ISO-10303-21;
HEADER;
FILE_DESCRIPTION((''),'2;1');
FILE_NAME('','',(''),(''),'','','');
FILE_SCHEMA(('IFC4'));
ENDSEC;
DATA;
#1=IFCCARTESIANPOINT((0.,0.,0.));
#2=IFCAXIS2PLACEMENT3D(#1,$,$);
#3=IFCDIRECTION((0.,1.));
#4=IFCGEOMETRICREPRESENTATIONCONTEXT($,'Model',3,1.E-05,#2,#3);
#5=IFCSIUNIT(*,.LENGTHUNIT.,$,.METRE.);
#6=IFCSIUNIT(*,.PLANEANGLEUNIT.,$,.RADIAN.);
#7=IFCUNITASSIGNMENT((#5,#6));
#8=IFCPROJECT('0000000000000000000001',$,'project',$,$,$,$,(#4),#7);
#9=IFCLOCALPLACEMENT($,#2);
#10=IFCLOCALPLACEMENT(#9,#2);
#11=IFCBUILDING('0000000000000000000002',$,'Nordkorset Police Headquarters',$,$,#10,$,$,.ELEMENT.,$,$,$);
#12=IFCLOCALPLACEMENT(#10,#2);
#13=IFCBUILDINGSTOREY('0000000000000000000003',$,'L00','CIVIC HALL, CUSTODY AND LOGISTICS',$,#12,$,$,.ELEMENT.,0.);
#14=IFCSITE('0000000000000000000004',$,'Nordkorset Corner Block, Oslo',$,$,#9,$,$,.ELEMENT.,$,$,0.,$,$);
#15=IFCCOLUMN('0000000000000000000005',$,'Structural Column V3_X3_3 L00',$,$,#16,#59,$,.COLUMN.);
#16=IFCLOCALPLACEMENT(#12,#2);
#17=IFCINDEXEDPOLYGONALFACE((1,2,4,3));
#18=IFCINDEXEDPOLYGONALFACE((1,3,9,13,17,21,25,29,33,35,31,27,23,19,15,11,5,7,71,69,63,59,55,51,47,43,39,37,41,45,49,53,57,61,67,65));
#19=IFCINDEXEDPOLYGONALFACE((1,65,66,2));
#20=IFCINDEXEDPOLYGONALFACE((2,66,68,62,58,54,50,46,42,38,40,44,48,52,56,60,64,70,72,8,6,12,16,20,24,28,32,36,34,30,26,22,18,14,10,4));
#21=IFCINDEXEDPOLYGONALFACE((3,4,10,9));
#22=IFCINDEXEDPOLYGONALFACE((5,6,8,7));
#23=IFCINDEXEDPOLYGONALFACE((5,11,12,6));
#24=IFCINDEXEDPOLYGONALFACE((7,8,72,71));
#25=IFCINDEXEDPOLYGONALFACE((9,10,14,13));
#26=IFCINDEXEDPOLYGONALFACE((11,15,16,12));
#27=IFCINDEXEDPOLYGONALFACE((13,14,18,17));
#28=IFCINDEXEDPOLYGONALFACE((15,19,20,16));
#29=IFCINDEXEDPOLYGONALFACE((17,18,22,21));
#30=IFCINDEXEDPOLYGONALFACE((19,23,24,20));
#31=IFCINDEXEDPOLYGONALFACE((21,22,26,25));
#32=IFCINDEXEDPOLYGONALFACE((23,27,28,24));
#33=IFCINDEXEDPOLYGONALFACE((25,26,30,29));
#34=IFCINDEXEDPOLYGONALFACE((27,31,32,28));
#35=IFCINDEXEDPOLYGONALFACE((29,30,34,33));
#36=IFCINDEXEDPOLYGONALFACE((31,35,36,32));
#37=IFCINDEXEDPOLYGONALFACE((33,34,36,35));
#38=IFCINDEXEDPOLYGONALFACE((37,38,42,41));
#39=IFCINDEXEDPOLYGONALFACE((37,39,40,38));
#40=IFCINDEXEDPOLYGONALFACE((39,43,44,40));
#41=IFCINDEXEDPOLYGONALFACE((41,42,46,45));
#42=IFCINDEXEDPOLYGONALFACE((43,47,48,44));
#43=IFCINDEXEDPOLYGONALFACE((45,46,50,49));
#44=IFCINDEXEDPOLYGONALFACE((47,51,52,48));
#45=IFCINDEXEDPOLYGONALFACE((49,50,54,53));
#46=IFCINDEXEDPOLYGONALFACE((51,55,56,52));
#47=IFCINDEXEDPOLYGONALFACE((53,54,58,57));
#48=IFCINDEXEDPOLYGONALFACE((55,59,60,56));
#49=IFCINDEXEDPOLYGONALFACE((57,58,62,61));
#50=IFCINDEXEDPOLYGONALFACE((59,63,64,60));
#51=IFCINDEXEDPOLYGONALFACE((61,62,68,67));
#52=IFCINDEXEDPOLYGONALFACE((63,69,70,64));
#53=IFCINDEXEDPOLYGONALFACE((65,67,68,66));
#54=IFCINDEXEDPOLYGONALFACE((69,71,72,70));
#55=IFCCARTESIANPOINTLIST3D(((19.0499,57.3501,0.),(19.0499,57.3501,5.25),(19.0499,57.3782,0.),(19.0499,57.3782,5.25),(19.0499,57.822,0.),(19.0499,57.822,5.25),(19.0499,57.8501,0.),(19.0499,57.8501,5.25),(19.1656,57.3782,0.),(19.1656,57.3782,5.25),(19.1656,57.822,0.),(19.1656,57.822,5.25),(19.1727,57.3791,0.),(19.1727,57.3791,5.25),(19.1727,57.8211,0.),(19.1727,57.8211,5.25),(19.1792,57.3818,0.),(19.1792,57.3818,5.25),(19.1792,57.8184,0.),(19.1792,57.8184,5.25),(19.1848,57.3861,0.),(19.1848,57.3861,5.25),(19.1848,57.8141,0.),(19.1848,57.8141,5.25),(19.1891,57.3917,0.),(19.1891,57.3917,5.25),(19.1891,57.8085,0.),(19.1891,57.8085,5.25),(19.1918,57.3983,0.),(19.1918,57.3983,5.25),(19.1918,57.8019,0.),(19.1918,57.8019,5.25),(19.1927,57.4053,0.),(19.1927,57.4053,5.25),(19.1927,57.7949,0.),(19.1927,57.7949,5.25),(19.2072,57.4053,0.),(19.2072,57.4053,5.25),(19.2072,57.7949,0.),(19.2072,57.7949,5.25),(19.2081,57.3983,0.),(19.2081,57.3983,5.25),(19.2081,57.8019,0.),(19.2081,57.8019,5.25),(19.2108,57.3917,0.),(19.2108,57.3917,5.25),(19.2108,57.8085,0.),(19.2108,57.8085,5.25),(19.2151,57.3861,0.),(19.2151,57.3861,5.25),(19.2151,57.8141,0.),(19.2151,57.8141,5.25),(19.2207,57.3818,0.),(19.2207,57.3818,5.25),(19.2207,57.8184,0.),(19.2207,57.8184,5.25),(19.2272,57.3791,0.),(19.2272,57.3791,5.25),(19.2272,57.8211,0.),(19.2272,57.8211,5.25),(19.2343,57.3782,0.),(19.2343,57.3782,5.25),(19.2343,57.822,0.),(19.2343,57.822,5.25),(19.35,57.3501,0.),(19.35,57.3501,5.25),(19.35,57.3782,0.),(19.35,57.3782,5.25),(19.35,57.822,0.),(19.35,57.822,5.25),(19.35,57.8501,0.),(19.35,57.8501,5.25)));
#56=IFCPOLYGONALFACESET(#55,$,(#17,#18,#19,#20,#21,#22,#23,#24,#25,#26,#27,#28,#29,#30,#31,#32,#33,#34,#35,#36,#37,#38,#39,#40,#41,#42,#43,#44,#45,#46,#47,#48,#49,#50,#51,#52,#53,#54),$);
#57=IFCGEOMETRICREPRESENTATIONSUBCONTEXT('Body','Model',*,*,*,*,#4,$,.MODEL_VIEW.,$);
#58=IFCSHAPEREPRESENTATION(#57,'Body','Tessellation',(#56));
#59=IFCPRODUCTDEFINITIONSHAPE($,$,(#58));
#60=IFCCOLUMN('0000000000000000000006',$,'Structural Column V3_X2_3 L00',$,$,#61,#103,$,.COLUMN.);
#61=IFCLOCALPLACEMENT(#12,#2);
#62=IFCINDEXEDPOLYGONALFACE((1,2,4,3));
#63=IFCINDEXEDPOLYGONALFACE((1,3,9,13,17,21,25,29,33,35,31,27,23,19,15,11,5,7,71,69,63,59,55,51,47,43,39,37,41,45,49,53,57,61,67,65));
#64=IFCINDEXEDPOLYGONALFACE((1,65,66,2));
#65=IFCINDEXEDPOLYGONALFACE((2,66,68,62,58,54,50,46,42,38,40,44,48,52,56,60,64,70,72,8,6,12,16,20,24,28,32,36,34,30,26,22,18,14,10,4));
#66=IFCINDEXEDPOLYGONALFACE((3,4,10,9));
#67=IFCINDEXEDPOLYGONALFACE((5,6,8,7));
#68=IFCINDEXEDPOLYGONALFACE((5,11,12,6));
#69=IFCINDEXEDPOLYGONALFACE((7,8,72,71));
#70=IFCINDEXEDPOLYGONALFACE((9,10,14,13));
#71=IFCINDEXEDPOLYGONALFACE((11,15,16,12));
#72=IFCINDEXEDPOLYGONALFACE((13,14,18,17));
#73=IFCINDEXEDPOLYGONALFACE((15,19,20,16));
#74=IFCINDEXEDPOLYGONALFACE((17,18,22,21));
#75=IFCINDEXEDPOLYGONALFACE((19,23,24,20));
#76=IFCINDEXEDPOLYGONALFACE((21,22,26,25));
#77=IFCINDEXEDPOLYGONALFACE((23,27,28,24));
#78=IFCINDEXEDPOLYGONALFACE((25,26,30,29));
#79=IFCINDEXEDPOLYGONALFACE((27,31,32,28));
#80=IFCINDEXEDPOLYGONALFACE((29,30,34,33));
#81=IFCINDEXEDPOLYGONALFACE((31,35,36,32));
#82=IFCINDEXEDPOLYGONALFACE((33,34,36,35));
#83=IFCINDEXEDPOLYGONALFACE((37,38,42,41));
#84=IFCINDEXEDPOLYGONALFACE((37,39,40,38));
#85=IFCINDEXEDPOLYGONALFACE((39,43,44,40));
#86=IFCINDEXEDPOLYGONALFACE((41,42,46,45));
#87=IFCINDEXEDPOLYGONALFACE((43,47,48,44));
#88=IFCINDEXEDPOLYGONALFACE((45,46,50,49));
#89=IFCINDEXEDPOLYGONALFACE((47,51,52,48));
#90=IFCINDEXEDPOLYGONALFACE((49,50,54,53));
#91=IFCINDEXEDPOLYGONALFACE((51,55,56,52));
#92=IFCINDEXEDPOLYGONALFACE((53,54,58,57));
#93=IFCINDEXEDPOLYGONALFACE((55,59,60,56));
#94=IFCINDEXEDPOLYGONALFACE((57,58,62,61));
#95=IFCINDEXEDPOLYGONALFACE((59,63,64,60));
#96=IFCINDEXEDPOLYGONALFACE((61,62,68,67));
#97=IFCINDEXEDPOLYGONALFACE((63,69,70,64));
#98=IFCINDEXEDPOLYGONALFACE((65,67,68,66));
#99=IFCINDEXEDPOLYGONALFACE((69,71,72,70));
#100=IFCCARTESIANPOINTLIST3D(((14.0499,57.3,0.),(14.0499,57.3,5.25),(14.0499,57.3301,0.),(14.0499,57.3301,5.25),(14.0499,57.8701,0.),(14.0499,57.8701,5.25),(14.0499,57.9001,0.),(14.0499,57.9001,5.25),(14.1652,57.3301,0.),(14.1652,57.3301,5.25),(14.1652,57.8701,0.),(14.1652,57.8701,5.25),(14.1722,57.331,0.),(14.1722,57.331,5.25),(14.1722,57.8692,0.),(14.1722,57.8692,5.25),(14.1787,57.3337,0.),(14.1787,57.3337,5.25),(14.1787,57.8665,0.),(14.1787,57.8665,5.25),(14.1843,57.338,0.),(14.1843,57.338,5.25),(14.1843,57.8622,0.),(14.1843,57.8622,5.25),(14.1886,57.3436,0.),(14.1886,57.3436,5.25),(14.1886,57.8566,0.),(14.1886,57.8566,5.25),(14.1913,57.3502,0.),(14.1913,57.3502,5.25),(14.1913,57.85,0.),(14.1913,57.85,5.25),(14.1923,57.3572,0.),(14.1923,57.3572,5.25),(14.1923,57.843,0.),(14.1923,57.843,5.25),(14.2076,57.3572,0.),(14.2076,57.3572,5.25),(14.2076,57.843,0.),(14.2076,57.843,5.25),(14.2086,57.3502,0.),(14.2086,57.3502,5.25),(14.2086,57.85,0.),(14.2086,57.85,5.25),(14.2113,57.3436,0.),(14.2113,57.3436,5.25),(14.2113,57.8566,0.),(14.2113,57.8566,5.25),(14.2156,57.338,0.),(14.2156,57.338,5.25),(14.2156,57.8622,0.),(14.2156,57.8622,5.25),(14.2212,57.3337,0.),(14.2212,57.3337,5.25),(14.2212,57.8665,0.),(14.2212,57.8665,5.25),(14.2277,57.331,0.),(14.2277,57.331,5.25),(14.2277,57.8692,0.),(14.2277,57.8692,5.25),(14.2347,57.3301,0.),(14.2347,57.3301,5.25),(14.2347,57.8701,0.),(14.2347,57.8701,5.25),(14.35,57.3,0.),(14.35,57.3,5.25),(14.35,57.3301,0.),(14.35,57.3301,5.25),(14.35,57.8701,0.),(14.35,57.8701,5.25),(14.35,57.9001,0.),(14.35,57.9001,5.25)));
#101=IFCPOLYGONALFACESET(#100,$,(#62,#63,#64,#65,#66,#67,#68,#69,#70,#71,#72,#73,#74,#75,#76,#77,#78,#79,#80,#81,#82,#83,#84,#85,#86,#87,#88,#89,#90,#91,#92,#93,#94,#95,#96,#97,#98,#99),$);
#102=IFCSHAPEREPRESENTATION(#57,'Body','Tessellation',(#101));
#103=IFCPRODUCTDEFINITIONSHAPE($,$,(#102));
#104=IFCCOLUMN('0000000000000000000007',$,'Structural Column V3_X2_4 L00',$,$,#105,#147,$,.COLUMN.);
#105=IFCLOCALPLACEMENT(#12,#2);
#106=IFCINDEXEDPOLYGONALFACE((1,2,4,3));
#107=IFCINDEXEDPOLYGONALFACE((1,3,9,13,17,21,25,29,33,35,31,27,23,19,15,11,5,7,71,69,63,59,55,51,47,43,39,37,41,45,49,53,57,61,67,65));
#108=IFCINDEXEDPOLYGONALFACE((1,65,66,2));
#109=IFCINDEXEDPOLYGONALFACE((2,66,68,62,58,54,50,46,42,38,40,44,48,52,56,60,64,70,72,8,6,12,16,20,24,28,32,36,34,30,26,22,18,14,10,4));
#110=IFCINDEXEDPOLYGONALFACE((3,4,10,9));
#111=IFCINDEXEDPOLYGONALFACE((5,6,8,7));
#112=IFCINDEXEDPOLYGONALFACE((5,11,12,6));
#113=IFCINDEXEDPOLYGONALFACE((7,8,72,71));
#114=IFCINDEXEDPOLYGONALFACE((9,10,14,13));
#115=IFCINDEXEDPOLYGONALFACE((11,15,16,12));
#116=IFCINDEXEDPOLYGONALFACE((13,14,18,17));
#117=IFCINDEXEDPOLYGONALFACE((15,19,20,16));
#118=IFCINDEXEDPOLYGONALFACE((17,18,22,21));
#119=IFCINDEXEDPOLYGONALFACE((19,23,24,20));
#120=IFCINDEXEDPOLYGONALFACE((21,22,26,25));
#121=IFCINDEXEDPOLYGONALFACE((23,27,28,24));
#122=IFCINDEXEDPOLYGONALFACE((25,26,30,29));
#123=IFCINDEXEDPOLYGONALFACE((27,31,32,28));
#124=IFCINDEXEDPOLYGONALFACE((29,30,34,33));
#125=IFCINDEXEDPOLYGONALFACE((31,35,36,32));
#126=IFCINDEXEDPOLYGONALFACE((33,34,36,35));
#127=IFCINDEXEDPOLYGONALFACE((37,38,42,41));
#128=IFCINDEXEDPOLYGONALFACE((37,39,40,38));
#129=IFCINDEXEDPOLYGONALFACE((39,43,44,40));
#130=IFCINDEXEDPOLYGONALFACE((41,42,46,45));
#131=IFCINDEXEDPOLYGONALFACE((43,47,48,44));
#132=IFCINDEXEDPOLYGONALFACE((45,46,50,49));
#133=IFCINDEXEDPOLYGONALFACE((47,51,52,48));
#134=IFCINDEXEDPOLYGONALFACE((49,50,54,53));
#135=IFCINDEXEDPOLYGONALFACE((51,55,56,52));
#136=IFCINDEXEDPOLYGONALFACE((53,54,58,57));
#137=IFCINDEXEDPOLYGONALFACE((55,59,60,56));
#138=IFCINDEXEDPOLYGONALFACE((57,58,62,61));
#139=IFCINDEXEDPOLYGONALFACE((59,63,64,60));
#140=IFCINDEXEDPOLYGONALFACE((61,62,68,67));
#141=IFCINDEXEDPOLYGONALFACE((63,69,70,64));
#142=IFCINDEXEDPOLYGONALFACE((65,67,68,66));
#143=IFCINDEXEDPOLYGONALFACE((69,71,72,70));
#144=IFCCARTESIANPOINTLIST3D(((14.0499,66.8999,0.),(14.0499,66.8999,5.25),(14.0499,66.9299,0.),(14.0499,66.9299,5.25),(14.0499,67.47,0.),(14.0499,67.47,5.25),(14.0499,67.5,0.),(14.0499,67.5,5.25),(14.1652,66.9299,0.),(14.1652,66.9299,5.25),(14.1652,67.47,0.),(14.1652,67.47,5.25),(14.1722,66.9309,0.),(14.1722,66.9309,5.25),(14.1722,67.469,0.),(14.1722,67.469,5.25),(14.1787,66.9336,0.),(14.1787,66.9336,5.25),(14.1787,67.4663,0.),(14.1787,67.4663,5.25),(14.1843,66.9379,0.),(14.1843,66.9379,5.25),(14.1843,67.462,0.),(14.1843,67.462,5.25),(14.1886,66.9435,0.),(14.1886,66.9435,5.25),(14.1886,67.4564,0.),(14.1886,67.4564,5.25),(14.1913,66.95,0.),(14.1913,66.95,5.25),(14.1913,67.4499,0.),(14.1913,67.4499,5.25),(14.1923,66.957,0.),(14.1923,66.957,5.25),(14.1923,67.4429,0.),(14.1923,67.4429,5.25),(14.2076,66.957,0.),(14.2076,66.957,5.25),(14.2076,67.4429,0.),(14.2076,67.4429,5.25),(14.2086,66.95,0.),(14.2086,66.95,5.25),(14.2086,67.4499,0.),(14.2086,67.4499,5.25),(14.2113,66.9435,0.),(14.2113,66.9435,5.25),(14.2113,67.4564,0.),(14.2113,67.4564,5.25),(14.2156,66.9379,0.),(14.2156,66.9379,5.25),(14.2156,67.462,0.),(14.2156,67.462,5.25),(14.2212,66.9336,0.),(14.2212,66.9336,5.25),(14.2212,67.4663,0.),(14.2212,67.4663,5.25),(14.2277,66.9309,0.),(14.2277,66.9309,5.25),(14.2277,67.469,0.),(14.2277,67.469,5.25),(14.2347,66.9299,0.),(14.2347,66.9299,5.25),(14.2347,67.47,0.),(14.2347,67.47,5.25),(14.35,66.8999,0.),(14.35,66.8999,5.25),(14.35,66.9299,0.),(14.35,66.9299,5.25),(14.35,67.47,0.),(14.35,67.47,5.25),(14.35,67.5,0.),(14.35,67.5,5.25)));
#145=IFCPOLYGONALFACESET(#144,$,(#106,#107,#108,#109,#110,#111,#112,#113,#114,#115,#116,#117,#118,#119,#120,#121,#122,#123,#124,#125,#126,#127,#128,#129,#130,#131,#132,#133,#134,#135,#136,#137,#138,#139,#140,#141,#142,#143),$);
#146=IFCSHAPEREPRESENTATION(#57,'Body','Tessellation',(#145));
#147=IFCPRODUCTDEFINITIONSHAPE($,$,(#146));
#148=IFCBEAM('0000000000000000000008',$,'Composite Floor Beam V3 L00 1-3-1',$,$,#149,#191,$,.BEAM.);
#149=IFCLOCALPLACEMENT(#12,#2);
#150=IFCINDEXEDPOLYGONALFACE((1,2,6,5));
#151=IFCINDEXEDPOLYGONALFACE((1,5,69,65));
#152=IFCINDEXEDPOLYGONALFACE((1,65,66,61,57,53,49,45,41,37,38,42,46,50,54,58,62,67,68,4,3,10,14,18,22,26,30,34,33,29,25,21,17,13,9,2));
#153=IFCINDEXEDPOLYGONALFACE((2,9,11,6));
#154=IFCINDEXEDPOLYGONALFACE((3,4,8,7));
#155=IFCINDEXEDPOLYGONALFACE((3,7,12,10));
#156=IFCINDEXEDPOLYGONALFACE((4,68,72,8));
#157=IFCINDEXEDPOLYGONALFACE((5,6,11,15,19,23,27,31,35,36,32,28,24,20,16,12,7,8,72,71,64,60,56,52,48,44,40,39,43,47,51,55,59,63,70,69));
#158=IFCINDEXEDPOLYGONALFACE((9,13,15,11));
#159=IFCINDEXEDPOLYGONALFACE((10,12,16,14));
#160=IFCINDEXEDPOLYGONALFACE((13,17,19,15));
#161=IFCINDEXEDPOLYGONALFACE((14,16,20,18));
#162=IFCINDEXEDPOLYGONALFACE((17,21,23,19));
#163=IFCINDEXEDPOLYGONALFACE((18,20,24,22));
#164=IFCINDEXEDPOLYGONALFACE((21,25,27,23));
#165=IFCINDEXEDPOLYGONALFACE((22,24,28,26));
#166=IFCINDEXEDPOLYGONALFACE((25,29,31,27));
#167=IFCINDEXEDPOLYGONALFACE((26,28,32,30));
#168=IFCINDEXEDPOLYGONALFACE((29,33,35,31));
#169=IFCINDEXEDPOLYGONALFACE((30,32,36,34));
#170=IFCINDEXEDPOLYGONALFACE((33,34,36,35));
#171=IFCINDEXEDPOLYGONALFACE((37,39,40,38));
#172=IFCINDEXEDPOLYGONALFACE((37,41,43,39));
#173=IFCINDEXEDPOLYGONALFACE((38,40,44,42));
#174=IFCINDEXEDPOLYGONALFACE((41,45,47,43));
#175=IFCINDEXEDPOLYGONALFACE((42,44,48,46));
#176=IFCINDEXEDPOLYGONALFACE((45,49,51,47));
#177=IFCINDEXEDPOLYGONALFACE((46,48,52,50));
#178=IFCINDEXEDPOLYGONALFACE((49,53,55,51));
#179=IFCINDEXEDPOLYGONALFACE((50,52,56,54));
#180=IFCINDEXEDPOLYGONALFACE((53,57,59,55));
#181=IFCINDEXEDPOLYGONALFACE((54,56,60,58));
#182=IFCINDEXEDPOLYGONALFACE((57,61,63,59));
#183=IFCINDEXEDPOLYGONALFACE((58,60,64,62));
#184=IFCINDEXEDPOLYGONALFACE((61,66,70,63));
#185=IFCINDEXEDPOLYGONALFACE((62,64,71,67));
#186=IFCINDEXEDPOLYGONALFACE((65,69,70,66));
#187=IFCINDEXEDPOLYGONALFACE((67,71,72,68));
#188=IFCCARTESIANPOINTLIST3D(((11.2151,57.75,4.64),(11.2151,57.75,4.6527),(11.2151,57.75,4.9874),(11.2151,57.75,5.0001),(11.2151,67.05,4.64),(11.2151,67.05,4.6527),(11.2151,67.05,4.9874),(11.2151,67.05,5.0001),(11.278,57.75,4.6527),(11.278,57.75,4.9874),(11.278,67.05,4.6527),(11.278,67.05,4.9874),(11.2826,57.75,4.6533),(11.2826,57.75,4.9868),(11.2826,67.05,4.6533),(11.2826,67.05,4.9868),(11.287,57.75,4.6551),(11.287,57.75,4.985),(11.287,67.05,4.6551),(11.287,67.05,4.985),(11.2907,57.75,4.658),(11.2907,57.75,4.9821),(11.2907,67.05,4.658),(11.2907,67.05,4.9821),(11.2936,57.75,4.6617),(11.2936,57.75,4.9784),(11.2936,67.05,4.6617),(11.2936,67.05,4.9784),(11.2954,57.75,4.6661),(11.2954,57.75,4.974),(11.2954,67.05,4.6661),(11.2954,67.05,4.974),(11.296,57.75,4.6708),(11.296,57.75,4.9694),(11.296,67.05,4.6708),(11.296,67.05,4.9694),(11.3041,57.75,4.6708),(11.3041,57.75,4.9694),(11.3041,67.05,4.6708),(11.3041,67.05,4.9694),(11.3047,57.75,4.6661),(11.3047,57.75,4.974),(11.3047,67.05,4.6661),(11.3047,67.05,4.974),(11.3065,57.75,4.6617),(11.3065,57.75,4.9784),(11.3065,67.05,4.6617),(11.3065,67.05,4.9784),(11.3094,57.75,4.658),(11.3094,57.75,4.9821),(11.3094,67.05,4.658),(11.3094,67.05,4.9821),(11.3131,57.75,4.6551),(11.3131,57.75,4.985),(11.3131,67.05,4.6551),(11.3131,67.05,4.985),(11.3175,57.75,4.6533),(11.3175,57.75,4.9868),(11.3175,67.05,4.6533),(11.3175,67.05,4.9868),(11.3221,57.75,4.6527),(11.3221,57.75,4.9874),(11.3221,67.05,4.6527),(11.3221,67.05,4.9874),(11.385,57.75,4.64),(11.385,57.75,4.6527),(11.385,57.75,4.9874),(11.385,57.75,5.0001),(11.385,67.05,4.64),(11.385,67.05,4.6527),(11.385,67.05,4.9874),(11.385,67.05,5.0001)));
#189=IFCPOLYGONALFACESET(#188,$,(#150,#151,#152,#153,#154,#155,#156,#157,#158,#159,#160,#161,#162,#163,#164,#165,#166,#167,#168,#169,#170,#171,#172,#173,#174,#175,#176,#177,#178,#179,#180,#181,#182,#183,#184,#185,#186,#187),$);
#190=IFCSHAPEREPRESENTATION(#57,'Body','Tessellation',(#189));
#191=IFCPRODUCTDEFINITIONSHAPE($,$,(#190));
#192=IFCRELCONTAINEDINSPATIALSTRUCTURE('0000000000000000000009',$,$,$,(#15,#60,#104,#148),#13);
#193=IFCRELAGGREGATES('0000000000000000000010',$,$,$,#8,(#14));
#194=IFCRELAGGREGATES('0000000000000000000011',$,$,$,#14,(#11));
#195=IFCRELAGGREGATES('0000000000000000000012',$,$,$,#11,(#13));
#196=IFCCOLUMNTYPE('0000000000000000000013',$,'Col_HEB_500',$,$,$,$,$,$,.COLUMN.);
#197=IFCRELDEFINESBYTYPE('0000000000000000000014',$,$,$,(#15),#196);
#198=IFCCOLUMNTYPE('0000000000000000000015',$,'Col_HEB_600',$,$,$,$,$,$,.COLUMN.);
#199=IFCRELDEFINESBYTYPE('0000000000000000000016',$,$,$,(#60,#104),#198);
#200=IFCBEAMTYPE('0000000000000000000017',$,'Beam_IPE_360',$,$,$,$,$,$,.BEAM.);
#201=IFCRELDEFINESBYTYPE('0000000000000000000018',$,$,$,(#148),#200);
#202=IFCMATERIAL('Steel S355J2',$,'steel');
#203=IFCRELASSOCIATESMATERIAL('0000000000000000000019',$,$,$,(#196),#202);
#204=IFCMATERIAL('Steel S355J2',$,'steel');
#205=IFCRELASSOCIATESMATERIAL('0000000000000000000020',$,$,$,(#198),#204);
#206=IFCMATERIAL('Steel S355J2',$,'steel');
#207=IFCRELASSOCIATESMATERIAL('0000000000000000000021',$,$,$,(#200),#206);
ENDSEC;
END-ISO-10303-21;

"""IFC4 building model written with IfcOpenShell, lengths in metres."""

from ifc_helpers import new_model, si_unit, direction, frame, origin, origin_2d, place, context, subcontext, project, spatial, i_section, extrude, material, material_profile, profile_set, type_object, element, save


model = new_model("IFC4")

# Units and contexts
model_context = context("Model", 3, precision=1e-05, world=origin(), true_north=direction((0.0, 1.0)))
body_context = subcontext(model_context, "Body", "Model", "MODEL_VIEW")
ifc_project = project(units=[si_unit("LENGTHUNIT", "METRE"), si_unit("PLANEANGLEUNIT", "RADIAN")], contexts=[model_context])

# Site, building, storey
site_placement = place(None, origin())
site = spatial("IfcSite", under=ifc_project, at=site_placement, Name="Nordkorset Corner Block, Oslo", CompositionType="ELEMENT", RefElevation=0.0)
building_placement = place(site_placement, origin())
building = spatial("IfcBuilding", under=site, at=building_placement, Name="Nordkorset Police Headquarters", CompositionType="ELEMENT")
storey_placement = place(building_placement, origin())
storey = spatial("IfcBuildingStorey", under=building, at=storey_placement, Name="L00", Description="CIVIC HALL, CUSTODY AND LOGISTICS", CompositionType="ELEMENT", Elevation=0.0)

# Columns
ifc_material_1 = material(Name="Steel S355J2", Category="steel")
ifc_material_profile_1 = material_profile(ifc_material_1, i_section(OverallWidth=0.3, OverallDepth=0.5, WebThickness=0.0144, FlangeThickness=0.0281, FilletRadius=0.0271, at=origin_2d()), Name="HEB 500")
ifc_profile_set_1 = profile_set([ifc_material_profile_1], Name="Steel S355J2")
column_type_1 = type_object("IfcColumnType", Name="Col_HEB_500", PredefinedType="COLUMN", material=ifc_profile_set_1)
column_placement = place(storey_placement, frame((19.2, 57.6001, 0.0), z_axis=(0.0, 0.0, 1.0), x_axis=(1.0, 0.0, 0.0)))
element("IfcColumn", 1, at=column_placement, inside=storey, type_object=column_type_1, Name="Structural Column V3_X3_3 L00", PredefinedType="COLUMN", context=body_context, shape_type="SweptSolid", body=[
    extrude(i_section(OverallWidth=0.3, OverallDepth=0.5, WebThickness=0.0144, FlangeThickness=0.0281, FilletRadius=0.0271, at=origin_2d()), origin(), (0.0, 0.0, 1.0), 5.25),
])
ifc_material_2 = material(Name="Steel S355J2", Category="steel")
ifc_material_profile_2 = material_profile(ifc_material_2, i_section(OverallWidth=0.3, OverallDepth=0.6001, WebThickness=0.0154, FlangeThickness=0.03, FilletRadius=0.0271, at=origin_2d()), Name="HEB 600")
ifc_profile_set_2 = profile_set([ifc_material_profile_2], Name="Steel S355J2")
column_type_2 = type_object("IfcColumnType", Name="Col_HEB_600", PredefinedType="COLUMN", material=ifc_profile_set_2)
for number, where, z_axis, x_axis, name in (
    (2, (14.2, 57.6001, 0.0), (0.0, 0.0, 1.0), (1.0, 0.0, 0.0), "Structural Column V3_X2_3 L00"),
    (3, (14.2, 67.2, 0.0), (0.0, 0.0, 1.0), (1.0, 0.0, 0.0), "Structural Column V3_X2_4 L00"),
):
    element("IfcColumn", number, at=place(storey_placement, frame(where, z_axis=z_axis, x_axis=x_axis)), inside=storey, type_object=column_type_2, Name=name, PredefinedType="COLUMN", context=body_context, shape_type="SweptSolid", body=[
        extrude(i_section(OverallWidth=0.3, OverallDepth=0.6001, WebThickness=0.0154, FlangeThickness=0.03, FilletRadius=0.0271, at=origin_2d()), origin(), (0.0, 0.0, 1.0), 5.25),
    ])

# Beam
ifc_material_3 = material(Name="Steel S355J2", Category="steel")
ifc_material_profile_3 = material_profile(ifc_material_3, i_section(OverallWidth=0.1699, OverallDepth=0.3601, WebThickness=0.0081, FlangeThickness=0.0127, FilletRadius=0.0181, at=origin_2d()), Name="IPE 360")
ifc_profile_set_3 = profile_set([ifc_material_profile_3], Name="Steel S355J2")
beam_type_1 = type_object("IfcBeamType", Name="Beam_IPE_360", PredefinedType="BEAM", material=ifc_profile_set_3)
beam_1_placement = place(storey_placement, frame((11.3, 57.75, 4.8201), z_axis=(0.0, 1.0, 0.0), x_axis=(-1.0, 0.0, 0.0)))
element("IfcBeam", 4, at=beam_1_placement, inside=storey, type_object=beam_type_1, Name="Composite Floor Beam V3 L00 1-3-1", PredefinedType="BEAM", context=body_context, shape_type="SweptSolid", body=[
    extrude(i_section(OverallWidth=0.1699, OverallDepth=0.3601, WebThickness=0.0081, FlangeThickness=0.0127, FilletRadius=0.0181, at=origin_2d()), origin(), (0.0, 0.0, 1.0), 9.3),
])

save(model, "model.ifc")
